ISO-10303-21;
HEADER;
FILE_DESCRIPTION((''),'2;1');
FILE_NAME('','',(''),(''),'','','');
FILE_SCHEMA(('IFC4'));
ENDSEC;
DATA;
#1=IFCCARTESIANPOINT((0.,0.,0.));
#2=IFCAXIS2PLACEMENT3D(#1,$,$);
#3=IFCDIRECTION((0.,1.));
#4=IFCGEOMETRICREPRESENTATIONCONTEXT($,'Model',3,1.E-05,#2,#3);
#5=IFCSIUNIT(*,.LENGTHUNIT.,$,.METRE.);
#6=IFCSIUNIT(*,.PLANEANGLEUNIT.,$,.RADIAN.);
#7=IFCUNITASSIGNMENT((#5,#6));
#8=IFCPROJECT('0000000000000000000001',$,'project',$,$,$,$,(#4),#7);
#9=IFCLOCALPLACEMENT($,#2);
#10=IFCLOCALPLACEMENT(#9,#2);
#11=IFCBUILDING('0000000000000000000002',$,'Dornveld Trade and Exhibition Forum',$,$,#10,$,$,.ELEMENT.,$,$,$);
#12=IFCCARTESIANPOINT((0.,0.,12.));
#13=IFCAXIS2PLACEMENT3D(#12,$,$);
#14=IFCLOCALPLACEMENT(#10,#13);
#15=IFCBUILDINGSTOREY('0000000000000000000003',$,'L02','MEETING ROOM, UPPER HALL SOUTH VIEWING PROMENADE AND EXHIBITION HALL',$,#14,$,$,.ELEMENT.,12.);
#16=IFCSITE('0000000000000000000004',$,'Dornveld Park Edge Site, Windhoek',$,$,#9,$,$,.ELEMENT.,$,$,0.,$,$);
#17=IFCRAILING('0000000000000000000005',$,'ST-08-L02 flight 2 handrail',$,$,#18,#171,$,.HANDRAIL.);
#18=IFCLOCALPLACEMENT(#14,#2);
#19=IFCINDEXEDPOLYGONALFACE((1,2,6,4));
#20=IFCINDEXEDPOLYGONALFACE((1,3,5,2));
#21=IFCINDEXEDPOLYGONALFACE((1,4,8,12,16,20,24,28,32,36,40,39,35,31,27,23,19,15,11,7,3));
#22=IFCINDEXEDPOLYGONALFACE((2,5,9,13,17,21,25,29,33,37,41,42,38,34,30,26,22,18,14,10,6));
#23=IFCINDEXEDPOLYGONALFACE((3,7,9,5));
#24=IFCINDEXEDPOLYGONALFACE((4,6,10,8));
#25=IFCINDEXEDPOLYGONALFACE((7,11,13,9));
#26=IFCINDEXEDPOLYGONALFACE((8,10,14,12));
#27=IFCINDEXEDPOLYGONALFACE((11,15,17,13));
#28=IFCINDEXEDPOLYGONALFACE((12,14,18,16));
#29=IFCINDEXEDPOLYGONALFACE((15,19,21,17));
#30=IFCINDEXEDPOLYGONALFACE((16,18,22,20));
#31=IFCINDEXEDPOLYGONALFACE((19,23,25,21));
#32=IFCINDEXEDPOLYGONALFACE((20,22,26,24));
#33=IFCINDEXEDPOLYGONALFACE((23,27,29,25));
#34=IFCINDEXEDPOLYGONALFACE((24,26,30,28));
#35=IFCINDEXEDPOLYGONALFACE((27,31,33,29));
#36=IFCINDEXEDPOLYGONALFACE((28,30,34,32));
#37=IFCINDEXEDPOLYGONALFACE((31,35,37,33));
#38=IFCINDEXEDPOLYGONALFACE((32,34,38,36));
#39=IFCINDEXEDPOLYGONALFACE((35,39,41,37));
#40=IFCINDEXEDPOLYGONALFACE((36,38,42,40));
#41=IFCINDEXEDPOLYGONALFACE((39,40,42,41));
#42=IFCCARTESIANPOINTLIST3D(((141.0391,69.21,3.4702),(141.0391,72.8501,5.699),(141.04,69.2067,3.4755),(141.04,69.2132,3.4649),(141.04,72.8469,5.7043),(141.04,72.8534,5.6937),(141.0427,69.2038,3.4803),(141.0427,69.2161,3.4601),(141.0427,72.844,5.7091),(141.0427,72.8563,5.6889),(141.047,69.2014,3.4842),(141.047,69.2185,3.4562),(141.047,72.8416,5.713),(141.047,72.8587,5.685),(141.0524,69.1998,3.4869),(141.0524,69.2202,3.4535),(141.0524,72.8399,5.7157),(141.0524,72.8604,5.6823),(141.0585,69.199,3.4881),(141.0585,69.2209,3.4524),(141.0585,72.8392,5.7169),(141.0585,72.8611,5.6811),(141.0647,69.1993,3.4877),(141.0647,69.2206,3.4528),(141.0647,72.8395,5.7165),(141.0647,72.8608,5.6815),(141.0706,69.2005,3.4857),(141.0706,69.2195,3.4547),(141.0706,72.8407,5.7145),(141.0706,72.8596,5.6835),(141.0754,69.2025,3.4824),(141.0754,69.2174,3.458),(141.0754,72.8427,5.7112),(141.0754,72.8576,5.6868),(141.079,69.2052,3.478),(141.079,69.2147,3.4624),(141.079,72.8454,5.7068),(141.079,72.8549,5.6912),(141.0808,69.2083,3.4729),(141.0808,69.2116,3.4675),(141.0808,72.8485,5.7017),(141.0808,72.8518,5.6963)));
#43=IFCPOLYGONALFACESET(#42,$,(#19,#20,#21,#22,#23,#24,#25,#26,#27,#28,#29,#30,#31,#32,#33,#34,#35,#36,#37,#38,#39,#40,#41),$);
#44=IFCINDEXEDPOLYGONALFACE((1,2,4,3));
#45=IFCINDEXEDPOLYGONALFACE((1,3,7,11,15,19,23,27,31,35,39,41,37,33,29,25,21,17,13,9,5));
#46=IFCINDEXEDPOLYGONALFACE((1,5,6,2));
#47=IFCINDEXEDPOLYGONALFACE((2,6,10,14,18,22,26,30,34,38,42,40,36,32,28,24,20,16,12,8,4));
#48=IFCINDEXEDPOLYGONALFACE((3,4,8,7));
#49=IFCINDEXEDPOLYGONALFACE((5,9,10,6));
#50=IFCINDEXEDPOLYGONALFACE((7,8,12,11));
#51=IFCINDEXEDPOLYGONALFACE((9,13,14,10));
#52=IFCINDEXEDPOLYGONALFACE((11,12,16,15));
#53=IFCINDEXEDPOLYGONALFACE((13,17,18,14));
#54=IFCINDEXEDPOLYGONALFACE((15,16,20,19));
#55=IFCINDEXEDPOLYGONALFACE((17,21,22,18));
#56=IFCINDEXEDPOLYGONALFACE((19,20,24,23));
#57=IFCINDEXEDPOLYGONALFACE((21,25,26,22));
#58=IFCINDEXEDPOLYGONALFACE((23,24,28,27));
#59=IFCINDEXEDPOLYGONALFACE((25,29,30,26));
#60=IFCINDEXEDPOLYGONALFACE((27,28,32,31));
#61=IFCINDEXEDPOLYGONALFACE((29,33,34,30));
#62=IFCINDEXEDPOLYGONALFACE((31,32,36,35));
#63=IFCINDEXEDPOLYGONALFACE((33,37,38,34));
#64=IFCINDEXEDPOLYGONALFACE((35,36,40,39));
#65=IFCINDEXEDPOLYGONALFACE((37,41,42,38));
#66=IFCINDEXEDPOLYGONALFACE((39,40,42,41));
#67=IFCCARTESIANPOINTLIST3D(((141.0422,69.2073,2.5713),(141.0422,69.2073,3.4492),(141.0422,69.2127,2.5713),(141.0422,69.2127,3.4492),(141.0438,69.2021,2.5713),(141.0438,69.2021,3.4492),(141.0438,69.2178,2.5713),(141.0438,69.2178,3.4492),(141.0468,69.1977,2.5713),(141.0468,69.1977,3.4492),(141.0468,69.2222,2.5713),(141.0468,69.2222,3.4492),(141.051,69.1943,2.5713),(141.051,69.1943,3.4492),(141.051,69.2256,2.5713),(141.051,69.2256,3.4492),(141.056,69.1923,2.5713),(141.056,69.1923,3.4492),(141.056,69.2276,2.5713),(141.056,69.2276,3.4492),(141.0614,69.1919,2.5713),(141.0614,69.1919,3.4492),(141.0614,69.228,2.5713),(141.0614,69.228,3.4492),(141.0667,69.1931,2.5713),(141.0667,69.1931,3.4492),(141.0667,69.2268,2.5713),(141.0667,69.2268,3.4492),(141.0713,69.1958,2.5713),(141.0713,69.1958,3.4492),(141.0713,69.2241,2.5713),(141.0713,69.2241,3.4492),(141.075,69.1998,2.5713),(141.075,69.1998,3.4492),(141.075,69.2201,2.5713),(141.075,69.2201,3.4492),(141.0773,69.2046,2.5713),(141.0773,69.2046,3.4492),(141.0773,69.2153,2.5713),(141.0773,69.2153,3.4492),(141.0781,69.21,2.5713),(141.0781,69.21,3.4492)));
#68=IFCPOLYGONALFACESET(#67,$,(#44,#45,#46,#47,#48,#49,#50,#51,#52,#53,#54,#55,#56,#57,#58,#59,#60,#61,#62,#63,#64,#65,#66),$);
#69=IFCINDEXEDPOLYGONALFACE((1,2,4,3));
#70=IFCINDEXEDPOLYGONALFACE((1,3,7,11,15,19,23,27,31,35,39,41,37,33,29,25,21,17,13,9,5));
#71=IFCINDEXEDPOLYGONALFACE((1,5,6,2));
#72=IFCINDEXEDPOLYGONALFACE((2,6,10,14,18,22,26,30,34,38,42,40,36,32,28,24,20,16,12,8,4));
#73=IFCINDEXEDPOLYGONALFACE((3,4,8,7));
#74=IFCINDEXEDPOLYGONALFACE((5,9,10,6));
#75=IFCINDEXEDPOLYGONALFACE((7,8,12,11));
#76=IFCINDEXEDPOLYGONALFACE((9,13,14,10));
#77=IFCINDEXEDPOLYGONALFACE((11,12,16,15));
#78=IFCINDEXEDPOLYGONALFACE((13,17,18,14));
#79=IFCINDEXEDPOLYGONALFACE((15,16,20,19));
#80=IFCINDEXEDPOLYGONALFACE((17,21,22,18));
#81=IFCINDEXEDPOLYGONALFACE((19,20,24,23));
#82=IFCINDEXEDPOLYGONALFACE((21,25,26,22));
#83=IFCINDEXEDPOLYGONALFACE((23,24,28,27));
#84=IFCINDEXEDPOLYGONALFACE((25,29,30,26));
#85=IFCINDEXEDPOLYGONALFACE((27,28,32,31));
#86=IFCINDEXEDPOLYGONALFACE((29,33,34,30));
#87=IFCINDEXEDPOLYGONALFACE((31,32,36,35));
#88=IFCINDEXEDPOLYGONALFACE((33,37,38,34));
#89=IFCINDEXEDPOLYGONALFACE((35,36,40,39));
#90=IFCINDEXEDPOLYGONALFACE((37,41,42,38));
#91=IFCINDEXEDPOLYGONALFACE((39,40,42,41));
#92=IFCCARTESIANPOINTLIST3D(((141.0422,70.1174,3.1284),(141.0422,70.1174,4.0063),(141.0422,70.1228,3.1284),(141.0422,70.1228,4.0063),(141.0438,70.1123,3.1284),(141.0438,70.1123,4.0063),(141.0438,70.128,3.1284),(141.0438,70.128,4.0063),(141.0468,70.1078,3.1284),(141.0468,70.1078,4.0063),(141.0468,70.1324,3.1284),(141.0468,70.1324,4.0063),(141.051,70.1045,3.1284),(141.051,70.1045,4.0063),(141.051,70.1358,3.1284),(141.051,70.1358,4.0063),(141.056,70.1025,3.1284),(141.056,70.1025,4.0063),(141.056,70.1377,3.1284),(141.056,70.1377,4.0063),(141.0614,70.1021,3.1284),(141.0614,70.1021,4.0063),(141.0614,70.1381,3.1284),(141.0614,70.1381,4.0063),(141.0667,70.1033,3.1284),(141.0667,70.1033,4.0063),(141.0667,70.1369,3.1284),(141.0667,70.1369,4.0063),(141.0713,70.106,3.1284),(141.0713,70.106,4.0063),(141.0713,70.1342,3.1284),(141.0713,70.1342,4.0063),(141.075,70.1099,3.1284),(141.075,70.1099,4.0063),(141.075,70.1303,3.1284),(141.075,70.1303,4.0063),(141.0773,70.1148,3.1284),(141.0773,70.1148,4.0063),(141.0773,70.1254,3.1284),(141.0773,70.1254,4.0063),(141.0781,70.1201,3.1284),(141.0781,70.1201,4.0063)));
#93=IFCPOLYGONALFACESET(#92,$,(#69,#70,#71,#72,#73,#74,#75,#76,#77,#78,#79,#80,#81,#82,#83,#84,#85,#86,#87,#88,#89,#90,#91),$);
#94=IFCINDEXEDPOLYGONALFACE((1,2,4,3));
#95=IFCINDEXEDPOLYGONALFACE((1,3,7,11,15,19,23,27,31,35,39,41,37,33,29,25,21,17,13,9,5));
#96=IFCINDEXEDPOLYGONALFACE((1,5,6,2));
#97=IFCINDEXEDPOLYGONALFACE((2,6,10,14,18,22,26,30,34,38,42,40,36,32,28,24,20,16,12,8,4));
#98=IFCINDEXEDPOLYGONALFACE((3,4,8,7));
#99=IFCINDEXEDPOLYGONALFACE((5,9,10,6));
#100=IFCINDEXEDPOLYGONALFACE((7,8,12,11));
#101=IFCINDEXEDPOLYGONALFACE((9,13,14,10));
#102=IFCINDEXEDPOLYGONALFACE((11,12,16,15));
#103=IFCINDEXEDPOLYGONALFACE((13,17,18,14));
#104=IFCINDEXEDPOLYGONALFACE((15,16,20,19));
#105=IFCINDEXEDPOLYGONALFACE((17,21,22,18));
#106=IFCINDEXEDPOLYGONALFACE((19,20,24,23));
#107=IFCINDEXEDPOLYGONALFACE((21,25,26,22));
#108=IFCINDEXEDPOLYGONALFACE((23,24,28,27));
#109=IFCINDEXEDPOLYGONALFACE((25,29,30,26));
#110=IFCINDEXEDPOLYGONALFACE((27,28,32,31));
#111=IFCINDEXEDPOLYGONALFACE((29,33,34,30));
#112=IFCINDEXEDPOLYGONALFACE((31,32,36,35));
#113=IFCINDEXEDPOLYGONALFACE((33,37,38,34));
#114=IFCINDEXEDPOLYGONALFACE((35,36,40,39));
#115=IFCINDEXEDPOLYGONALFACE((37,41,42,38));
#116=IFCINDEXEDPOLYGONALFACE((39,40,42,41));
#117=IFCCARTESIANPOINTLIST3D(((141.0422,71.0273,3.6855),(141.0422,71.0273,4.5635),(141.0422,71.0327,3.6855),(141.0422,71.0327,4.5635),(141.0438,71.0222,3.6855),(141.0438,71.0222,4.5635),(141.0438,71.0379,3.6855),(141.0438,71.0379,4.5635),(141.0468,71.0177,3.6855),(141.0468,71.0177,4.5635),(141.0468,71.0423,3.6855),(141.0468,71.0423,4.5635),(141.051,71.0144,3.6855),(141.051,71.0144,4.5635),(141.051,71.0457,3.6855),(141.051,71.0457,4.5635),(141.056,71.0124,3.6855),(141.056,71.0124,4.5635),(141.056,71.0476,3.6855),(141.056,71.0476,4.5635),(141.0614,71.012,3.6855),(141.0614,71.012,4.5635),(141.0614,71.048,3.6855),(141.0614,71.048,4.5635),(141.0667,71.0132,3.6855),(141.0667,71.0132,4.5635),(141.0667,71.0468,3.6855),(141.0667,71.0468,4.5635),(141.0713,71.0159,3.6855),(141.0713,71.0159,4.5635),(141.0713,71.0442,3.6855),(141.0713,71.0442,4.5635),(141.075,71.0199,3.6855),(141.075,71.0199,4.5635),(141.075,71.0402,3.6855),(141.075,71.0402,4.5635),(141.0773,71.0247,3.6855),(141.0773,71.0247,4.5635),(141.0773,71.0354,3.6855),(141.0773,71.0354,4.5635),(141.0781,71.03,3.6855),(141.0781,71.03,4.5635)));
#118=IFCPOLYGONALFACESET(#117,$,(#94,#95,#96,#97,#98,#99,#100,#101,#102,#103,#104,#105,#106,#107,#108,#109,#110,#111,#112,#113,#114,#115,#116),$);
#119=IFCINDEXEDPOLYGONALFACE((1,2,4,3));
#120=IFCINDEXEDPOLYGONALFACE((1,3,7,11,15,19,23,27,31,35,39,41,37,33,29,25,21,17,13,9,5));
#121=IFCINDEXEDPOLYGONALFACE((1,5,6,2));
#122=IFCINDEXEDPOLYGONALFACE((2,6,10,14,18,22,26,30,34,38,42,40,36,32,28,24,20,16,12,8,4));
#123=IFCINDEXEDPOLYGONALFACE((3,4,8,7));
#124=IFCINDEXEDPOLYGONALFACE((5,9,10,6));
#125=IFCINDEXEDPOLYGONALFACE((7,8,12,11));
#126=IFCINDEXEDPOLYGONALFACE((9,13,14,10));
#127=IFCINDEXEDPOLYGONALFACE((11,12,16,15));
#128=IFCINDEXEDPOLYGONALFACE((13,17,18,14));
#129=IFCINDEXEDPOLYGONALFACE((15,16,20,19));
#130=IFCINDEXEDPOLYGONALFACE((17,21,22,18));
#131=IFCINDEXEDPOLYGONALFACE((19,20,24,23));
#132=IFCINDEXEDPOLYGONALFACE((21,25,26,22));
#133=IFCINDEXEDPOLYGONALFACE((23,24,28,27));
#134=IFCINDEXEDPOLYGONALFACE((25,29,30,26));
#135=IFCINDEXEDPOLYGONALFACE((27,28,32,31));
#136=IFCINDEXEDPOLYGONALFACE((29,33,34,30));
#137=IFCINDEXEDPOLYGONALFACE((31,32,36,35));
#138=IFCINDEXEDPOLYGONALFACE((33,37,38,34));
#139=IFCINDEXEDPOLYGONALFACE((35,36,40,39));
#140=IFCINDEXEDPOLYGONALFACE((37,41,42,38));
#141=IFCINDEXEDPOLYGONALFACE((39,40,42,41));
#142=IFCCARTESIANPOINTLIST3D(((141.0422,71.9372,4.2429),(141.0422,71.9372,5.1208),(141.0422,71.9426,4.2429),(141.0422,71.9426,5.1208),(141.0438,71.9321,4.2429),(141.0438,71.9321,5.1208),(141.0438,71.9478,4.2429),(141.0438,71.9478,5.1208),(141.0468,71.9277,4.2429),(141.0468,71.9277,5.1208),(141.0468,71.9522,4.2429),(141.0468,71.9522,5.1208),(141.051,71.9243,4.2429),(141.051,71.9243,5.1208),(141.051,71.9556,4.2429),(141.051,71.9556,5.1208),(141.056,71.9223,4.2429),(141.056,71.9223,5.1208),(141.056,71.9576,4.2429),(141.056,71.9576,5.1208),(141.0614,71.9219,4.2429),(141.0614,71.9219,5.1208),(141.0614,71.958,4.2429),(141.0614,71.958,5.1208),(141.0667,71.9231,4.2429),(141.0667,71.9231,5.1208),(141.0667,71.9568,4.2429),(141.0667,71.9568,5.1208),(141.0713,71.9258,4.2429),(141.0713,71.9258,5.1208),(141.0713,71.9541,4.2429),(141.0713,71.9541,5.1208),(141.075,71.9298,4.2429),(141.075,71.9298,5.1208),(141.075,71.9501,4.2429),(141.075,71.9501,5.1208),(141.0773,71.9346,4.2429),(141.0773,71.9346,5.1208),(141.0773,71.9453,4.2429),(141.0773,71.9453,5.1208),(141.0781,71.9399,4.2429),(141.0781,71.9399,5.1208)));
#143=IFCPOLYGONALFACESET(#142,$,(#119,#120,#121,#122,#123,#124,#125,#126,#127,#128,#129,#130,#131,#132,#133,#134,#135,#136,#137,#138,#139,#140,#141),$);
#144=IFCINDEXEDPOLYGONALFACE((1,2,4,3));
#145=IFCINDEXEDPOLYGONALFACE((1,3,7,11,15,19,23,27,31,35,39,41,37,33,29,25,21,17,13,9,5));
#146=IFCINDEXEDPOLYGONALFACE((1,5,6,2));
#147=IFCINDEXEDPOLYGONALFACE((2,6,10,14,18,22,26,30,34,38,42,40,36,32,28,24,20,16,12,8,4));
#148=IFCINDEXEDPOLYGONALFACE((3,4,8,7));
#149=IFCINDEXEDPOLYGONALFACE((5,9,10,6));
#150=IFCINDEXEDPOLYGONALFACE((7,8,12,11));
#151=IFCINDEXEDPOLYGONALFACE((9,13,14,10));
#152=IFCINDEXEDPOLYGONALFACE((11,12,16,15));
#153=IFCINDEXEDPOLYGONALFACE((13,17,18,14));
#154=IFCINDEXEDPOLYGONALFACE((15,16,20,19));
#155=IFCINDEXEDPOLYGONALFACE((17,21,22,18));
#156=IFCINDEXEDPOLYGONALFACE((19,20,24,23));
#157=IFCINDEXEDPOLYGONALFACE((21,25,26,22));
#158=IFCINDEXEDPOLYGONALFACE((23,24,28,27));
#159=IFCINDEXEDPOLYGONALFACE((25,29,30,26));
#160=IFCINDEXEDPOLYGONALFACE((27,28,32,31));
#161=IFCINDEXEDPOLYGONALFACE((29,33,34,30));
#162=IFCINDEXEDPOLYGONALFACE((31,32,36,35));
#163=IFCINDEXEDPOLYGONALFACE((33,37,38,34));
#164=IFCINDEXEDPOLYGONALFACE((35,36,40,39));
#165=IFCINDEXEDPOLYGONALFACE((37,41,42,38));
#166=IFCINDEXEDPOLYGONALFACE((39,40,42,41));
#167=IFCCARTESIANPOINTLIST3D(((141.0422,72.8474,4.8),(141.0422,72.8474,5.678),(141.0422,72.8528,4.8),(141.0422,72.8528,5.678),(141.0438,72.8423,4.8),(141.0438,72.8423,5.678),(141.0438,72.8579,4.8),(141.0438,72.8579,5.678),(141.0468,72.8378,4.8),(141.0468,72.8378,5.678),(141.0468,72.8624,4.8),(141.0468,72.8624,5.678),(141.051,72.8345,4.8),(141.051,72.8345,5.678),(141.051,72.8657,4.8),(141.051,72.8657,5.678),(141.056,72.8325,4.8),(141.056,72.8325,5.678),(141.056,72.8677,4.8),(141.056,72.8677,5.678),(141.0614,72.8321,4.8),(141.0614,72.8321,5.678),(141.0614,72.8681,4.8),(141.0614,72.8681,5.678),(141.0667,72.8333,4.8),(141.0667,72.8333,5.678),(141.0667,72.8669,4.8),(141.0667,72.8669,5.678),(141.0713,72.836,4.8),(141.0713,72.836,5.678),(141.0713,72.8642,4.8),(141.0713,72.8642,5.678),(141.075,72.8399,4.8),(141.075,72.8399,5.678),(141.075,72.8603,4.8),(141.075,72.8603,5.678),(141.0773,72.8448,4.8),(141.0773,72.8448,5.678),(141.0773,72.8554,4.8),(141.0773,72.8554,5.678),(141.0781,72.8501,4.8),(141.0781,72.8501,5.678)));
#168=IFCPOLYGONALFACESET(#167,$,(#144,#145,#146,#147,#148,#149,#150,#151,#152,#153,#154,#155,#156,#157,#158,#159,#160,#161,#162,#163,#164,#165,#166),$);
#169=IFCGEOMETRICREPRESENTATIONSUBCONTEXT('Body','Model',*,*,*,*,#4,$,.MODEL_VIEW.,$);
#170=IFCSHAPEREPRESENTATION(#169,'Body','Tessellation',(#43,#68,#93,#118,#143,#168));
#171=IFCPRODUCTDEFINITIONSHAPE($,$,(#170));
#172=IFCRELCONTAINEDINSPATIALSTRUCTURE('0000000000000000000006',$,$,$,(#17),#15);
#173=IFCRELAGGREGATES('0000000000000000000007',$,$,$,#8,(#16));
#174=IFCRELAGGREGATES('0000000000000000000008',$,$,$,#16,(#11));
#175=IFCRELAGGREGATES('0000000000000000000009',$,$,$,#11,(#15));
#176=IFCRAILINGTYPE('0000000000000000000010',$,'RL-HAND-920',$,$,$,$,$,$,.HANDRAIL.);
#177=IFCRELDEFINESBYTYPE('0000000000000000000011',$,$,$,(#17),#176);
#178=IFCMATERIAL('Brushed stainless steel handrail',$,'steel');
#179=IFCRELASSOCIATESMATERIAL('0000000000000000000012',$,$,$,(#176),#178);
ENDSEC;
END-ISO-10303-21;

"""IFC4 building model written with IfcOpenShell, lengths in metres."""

from ifc_helpers import new_model, si_unit, direction, frame, origin, origin_2d, place, context, subcontext, project, spatial, circle, extrude, material, type_object, element, save


model = new_model("IFC4")

# Units and contexts
model_context = context("Model", 3, precision=1e-05, world=origin(), true_north=direction((0.0, 1.0)))
body_context = subcontext(model_context, "Body", "Model", "MODEL_VIEW")
ifc_project = project(units=[si_unit("LENGTHUNIT", "METRE"), si_unit("PLANEANGLEUNIT", "RADIAN")], contexts=[model_context])

# Site, building, storey
site_placement = place(None, origin())
site = spatial("IfcSite", under=ifc_project, at=site_placement, Name="Dornveld Park Edge Site, Windhoek", CompositionType="ELEMENT", RefElevation=0.0)
building_placement = place(site_placement, origin())
building = spatial("IfcBuilding", under=site, at=building_placement, Name="Dornveld Trade and Exhibition Forum", CompositionType="ELEMENT")
storey_placement = place(building_placement, frame((0.0, 0.0, 12.0)))
storey = spatial("IfcBuildingStorey", under=building, at=storey_placement, Name="L02", Description="MEETING ROOM, UPPER HALL SOUTH VIEWING PROMENADE AND EXHIBITION HALL", CompositionType="ELEMENT", Elevation=12.0)

# Railing
ifc_material_1 = material(Name="Brushed stainless steel handrail", Category="steel")
railing_type_1 = type_object("IfcRailingType", Name="RL-HAND-920", PredefinedType="HANDRAIL", material=ifc_material_1)
railing_1_placement = place(storey_placement, frame((141.0601, 69.21, 2.5713)))
element("IfcRailing", 1, at=railing_1_placement, inside=storey, type_object=railing_type_1, Name="ST-08-L02 flight 2 handrail", PredefinedType="HANDRAIL", context=body_context, shape_type="SweptSolid", body=[
    extrude(circle(Radius=0.021, at=origin_2d()), frame((0.0, 0.0, 0.8989), z_axis=(0.0, 0.85284, 0.522172), x_axis=(-1.0, 0.0, 0.0)), (0.0, 0.0, 1.0), 4.2683),
    extrude(circle(Radius=0.0181, at=origin_2d()), origin(), (0.0, 0.0, 1.0), 0.8779),
    extrude(circle(Radius=0.0181, at=origin_2d()), frame((0.0, 0.9102, 0.5571)), (0.0, 0.0, 1.0), 0.8779),
    extrude(circle(Radius=0.0181, at=origin_2d()), frame((0.0, 1.8201, 1.1143)), (0.0, 0.0, 1.0), 0.8779),
    extrude(circle(Radius=0.0181, at=origin_2d()), frame((0.0, 2.73, 1.6716)), (0.0, 0.0, 1.0), 0.8779),
    extrude(circle(Radius=0.0181, at=origin_2d()), frame((0.0, 3.6401, 2.2288)), (0.0, 0.0, 1.0), 0.8779),
])

save(model, "model.ifc")
